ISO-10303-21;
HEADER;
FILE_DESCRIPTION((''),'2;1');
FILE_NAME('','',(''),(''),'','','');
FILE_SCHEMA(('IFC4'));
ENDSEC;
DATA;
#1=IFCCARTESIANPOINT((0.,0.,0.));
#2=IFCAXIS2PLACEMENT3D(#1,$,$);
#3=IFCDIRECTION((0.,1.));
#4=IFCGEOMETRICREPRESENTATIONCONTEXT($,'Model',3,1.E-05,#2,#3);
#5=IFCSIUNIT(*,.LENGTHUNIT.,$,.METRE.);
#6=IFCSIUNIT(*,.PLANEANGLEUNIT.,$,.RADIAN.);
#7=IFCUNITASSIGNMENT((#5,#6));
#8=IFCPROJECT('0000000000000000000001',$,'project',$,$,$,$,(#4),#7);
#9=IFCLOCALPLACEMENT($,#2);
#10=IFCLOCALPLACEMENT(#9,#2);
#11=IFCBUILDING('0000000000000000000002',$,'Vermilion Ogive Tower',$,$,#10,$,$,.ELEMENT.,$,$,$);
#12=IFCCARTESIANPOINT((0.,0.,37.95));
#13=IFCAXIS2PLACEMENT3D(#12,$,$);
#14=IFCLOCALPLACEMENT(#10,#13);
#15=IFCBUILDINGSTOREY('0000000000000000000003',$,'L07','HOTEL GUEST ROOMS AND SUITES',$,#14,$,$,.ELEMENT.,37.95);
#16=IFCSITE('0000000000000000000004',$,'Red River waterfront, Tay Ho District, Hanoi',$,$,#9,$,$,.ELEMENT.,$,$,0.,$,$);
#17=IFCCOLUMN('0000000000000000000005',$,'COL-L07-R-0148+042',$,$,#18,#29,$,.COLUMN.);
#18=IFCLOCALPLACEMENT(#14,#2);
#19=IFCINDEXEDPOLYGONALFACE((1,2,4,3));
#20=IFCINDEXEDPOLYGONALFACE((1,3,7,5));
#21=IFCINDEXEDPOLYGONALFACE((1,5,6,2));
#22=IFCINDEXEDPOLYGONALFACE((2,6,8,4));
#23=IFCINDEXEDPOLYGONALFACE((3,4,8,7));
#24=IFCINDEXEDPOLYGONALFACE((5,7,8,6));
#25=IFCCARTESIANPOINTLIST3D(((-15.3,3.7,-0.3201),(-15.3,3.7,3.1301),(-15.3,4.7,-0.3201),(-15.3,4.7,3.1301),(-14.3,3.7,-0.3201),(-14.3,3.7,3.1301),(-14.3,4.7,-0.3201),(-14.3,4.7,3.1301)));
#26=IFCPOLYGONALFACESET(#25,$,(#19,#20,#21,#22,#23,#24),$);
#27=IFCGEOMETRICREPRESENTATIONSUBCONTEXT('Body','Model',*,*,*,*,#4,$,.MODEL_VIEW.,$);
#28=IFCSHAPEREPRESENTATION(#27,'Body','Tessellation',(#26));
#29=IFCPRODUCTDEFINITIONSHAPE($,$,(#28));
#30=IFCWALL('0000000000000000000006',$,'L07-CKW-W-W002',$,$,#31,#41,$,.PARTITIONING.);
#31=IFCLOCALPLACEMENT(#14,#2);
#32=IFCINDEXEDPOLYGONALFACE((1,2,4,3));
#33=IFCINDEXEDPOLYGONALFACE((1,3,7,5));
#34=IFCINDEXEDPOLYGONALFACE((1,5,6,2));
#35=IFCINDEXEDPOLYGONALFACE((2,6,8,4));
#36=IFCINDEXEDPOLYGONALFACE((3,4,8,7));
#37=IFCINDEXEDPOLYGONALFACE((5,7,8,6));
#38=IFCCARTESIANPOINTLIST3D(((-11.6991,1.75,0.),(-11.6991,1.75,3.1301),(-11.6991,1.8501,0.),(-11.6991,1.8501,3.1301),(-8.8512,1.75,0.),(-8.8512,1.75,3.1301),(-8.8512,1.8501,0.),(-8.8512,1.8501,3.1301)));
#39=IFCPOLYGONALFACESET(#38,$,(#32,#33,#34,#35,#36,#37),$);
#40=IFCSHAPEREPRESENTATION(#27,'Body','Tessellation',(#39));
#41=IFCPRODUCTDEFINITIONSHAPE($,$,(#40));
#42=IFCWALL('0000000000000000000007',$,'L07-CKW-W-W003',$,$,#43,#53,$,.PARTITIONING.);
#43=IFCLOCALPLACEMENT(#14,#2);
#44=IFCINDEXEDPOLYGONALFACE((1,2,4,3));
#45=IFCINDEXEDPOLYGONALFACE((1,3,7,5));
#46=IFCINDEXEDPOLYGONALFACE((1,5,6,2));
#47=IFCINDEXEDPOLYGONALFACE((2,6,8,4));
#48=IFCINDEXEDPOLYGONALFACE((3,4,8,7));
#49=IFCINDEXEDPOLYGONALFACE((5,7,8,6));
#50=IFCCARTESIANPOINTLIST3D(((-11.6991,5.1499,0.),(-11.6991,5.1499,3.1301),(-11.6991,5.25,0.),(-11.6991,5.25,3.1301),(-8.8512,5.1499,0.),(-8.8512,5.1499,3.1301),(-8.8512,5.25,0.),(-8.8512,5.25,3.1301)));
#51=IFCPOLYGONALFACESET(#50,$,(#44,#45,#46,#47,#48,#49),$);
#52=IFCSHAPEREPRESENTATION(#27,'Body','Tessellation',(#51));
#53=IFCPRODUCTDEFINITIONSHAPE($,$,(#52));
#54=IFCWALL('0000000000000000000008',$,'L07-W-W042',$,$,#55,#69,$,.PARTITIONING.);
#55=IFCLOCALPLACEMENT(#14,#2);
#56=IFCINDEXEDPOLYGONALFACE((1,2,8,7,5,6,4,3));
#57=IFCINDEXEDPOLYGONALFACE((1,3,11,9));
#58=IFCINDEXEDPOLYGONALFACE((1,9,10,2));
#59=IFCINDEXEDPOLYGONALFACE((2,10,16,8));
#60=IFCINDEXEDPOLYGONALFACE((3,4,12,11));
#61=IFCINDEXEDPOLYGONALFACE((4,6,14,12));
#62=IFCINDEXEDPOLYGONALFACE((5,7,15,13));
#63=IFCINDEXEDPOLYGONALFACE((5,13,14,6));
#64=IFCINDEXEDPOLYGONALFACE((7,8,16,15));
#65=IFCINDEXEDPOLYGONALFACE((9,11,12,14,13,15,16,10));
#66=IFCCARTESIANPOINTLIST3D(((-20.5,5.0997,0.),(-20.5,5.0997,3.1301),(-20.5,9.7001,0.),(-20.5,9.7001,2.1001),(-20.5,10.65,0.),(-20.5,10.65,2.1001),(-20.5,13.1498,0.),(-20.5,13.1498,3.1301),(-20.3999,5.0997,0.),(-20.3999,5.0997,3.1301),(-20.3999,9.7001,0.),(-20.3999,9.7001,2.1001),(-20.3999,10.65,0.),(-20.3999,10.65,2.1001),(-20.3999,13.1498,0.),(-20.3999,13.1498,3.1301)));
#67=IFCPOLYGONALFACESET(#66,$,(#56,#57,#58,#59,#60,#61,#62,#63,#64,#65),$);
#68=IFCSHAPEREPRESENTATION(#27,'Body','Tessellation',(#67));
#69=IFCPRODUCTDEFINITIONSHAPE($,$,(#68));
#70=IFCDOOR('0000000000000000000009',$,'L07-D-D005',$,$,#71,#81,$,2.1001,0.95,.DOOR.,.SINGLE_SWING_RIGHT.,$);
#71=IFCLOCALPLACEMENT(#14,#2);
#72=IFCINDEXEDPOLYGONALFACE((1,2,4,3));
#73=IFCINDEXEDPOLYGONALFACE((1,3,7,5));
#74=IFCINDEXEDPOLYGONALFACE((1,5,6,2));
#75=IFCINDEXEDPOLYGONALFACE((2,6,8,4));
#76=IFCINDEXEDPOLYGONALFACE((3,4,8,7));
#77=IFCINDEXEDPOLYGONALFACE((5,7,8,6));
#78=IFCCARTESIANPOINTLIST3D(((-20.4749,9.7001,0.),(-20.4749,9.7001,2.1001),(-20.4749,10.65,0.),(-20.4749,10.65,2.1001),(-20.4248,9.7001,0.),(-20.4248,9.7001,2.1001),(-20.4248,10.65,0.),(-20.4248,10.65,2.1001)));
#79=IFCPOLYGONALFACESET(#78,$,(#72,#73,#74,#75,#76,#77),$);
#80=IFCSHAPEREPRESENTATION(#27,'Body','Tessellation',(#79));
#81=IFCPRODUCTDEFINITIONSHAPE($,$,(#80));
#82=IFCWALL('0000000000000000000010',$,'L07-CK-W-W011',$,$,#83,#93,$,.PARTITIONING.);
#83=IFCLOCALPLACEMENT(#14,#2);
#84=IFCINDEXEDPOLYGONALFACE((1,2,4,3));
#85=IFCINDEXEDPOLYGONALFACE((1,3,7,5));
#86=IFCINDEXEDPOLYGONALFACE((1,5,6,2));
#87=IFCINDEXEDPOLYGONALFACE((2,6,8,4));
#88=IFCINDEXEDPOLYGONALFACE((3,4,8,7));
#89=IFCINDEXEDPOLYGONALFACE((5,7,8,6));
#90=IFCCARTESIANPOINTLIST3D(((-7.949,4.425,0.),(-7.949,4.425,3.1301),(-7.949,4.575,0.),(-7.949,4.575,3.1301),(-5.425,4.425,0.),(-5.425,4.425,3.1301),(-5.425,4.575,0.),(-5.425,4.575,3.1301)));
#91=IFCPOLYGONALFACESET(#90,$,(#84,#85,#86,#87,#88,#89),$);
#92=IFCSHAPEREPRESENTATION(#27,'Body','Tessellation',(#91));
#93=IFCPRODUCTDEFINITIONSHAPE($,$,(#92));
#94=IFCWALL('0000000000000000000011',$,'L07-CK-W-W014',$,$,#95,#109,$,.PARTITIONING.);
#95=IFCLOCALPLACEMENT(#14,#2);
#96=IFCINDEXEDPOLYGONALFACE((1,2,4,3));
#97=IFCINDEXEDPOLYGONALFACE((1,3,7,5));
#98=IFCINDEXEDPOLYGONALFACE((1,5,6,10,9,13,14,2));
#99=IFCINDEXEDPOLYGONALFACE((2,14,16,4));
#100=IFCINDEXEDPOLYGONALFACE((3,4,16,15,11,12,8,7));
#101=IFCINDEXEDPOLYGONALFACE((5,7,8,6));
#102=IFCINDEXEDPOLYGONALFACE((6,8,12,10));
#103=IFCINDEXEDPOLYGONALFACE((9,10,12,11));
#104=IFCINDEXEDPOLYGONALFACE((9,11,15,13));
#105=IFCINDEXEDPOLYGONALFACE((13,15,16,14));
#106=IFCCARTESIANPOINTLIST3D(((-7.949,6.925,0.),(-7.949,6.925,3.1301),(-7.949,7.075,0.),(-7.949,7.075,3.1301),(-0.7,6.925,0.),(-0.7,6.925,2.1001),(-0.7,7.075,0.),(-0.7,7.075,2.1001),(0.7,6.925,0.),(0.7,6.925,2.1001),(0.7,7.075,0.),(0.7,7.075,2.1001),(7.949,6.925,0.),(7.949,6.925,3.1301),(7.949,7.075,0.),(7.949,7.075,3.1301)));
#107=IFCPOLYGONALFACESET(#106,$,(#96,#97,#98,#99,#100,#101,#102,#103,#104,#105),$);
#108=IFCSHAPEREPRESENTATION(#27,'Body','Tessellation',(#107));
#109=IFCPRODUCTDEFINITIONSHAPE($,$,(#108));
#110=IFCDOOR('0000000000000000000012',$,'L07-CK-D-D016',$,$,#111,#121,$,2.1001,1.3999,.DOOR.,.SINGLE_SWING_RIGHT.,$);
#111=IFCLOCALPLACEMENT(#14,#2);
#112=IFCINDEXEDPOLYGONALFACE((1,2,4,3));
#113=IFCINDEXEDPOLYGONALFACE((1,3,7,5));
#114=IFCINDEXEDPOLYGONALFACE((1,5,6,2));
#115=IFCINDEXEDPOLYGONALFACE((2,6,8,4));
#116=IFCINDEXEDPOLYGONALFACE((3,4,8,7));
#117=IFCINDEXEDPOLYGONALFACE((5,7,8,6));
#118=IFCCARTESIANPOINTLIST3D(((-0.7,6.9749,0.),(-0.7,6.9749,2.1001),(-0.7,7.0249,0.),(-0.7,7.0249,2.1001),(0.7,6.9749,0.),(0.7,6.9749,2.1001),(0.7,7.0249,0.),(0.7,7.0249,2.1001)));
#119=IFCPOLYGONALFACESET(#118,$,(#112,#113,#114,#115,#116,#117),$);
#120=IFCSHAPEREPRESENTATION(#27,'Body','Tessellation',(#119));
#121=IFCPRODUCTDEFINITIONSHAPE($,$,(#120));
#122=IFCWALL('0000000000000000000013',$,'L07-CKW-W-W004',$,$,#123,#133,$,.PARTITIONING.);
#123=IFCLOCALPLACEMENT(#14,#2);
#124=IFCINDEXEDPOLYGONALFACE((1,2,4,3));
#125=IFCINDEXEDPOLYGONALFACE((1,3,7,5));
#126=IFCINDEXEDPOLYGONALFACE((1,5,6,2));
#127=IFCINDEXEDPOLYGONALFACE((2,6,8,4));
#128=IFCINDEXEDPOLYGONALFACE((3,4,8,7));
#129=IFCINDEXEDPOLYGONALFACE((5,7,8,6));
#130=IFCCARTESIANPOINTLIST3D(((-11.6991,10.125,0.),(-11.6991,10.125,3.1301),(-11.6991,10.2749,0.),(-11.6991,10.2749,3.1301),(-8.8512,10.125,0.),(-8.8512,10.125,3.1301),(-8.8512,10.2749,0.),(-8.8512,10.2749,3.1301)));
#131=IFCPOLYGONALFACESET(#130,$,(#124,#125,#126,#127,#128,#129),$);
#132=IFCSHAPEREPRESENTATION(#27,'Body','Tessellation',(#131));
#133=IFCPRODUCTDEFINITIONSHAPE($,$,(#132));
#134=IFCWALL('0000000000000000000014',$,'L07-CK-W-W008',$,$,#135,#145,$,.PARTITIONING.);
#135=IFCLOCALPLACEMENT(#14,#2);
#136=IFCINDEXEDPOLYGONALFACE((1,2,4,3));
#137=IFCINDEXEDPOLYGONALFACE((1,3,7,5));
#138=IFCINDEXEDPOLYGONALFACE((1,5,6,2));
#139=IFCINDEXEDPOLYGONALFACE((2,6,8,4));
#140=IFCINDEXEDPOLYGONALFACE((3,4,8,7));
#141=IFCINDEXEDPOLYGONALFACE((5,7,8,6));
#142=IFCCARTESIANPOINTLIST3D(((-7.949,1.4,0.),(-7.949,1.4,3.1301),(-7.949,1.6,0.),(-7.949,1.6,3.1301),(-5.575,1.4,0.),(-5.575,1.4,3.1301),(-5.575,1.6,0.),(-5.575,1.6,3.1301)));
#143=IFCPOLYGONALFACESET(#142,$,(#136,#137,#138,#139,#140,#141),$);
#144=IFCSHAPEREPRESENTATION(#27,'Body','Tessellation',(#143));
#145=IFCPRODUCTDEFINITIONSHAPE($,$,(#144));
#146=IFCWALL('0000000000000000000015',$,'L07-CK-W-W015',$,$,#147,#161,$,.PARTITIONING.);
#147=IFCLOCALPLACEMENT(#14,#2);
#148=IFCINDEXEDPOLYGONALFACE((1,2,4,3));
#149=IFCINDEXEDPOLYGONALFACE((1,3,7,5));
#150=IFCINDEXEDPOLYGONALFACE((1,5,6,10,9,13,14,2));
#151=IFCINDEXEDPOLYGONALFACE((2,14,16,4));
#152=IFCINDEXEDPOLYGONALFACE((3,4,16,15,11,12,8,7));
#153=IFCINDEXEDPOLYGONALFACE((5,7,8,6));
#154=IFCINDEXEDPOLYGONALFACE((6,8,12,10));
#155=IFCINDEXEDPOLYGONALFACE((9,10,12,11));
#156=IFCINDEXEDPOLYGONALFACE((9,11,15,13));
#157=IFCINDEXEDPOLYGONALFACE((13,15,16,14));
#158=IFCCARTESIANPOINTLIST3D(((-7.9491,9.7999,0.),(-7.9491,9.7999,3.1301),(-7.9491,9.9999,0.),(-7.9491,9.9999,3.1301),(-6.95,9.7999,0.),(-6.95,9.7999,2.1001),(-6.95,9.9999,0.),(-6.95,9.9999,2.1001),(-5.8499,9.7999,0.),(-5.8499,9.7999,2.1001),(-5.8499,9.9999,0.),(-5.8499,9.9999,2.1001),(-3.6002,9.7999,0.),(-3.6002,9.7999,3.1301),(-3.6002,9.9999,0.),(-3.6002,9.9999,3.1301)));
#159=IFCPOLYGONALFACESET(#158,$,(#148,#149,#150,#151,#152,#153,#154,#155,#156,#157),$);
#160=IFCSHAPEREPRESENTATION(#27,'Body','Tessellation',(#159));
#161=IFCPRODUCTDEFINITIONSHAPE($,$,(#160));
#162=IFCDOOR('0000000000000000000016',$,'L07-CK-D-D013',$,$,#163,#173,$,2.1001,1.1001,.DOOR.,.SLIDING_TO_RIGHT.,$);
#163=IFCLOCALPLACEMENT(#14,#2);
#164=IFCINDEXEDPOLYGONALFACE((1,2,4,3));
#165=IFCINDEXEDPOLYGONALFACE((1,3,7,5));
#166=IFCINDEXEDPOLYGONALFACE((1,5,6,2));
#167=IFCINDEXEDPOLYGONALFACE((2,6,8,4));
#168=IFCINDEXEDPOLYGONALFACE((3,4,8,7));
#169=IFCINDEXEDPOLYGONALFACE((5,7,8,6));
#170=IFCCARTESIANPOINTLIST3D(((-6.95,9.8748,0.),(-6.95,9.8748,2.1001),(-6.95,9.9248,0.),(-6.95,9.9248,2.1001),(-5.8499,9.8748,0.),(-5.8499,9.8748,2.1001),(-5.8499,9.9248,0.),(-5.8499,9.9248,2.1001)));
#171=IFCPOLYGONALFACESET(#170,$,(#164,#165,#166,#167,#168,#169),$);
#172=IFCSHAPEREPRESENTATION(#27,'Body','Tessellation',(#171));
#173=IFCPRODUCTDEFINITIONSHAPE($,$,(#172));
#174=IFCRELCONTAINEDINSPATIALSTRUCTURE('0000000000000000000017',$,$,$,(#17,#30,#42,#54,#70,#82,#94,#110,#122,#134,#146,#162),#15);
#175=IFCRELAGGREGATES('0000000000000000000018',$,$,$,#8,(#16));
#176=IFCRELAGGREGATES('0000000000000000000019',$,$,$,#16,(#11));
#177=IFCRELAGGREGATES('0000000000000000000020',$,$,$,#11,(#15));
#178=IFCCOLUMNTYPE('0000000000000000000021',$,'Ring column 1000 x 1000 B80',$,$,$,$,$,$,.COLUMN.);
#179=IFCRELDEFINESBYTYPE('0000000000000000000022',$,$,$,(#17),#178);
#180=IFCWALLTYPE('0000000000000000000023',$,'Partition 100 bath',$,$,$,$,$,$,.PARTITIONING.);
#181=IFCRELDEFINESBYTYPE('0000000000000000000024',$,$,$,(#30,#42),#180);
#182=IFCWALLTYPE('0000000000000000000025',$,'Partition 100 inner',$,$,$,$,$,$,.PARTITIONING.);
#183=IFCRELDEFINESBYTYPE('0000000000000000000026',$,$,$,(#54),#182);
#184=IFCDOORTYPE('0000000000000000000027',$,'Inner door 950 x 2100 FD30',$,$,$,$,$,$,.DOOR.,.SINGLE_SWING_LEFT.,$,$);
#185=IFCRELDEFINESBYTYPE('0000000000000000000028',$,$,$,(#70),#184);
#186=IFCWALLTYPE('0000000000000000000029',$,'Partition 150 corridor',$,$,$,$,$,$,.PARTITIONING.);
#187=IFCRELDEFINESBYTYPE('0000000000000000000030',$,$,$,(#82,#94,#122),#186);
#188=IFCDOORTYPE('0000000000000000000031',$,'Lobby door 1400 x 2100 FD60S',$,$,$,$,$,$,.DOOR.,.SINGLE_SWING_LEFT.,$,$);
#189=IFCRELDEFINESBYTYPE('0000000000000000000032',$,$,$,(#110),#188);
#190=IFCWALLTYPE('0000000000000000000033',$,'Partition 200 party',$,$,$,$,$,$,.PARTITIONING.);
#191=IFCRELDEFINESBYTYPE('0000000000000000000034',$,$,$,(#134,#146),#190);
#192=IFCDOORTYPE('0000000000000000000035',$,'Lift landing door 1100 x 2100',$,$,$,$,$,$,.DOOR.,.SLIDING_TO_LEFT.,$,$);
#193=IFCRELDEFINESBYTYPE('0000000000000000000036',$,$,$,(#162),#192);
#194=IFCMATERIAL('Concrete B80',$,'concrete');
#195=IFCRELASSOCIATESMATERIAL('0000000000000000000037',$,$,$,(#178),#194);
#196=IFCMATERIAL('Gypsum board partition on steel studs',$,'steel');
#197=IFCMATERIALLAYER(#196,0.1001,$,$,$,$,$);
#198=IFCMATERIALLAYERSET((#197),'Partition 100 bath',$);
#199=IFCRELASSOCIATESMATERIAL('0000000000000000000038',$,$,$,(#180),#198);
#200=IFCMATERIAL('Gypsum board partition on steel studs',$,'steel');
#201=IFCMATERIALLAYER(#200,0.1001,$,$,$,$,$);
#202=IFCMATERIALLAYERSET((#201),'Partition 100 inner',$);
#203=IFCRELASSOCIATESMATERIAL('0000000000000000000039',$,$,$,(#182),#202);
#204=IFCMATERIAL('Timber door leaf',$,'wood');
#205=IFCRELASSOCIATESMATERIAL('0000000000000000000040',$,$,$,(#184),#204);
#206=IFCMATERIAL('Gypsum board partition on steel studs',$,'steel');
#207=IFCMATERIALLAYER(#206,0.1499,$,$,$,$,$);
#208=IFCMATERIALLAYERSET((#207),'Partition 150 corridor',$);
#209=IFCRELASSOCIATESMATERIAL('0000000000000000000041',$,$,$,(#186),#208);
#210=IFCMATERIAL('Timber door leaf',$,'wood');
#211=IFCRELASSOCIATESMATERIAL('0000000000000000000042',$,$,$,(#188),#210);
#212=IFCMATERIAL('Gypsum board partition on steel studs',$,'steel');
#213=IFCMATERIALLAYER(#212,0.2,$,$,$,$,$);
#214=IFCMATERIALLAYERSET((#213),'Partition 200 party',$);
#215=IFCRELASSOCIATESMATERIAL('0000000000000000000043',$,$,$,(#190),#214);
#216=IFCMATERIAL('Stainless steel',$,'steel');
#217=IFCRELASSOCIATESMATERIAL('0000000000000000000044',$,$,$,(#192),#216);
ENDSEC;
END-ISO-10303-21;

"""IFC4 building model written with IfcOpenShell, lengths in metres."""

from ifc_helpers import new_model, si_unit, direction, frame, frame_2d, origin, origin_2d, place, context, subcontext, project, spatial, rectangle, extrude, material, layer, layer_set, material_profile, profile_set, type_object, element, fill, save


model = new_model("IFC4")

# Units and contexts
model_context = context("Model", 3, precision=1e-05, world=origin(), true_north=direction((0.0, 1.0)))
body_context = subcontext(model_context, "Body", "Model", "MODEL_VIEW")
ifc_project = project(units=[si_unit("LENGTHUNIT", "METRE"), si_unit("PLANEANGLEUNIT", "RADIAN")], contexts=[model_context])

# Site, building, storey
site_placement = place(None, origin())
site = spatial("IfcSite", under=ifc_project, at=site_placement, Name="Red River waterfront, Tay Ho District, Hanoi", CompositionType="ELEMENT", RefElevation=0.0)
building_placement = place(site_placement, origin())
building = spatial("IfcBuilding", under=site, at=building_placement, Name="Vermilion Ogive Tower", CompositionType="ELEMENT")
storey_placement = place(building_placement, frame((0.0, 0.0, 37.95)))
storey = spatial("IfcBuildingStorey", under=building, at=storey_placement, Name="L07", Description="HOTEL GUEST ROOMS AND SUITES", CompositionType="ELEMENT", Elevation=37.95)

# Column
ifc_material_1 = material(Name="Concrete B80", Category="concrete")
ifc_material_profile = material_profile(ifc_material_1, rectangle(XDim=1.0, YDim=1.0, at=origin_2d()), Name="1000 x 1000")
ifc_profile_set = profile_set([ifc_material_profile], Name="Concrete B80")
column_type = type_object("IfcColumnType", Name="Ring column 1000 x 1000 B80", PredefinedType="COLUMN", material=ifc_profile_set)
column_placement = place(storey_placement, frame((-14.8, 4.2, -0.3201), z_axis=(0.0, 0.0, 1.0), x_axis=(1.0, 0.0, 0.0)))
element("IfcColumn", 1, at=column_placement, inside=storey, type_object=column_type, Name="COL-L07-R-0148+042", PredefinedType="COLUMN", context=body_context, shape_type="SweptSolid", body=[
    extrude(rectangle(XDim=1.0, YDim=1.0, at=origin_2d()), origin(), (0.0, 0.0, 1.0), 3.4502),
])

# Walls
ifc_material_2 = material(Name="Gypsum board partition on steel studs", Category="steel")
ifc_layer_1 = layer(ifc_material_2, 0.1001)
ifc_layer_set_1 = layer_set([ifc_layer_1], Name="Partition 100 bath")
wall_type_1 = type_object("IfcWallType", Name="Partition 100 bath", PredefinedType="PARTITIONING", material=ifc_layer_set_1)
for number, where, z_axis, x_axis, name in (
    (2, (-11.699, 1.8, 0.0), (0.0, 0.0, 1.0), (1.0, 0.0, 0.0), "L07-CKW-W-W002"),
    (3, (-11.699, 5.2, 0.0), (0.0, 0.0, 1.0), (1.0, 0.0, 0.0), "L07-CKW-W-W003"),
):
    element("IfcWall", number, at=place(storey_placement, frame(where, z_axis=z_axis, x_axis=x_axis)), inside=storey, type_object=wall_type_1, Name=name, PredefinedType="PARTITIONING", context=body_context, shape_type="SweptSolid", body=[
        extrude(rectangle(XDim=2.8479, YDim=0.1001, at=frame_2d((1.4238, 0.0))), origin(), (0.0, 0.0, 1.0), 3.1301),
    ])

# Wall, opening, door
ifc_material_3 = material(Name="Gypsum board partition on steel studs", Category="steel")
ifc_layer_2 = layer(ifc_material_3, 0.1001)
ifc_layer_set_2 = layer_set([ifc_layer_2], Name="Partition 100 inner")
wall_type_2 = type_object("IfcWallType", Name="Partition 100 inner", PredefinedType="PARTITIONING", material=ifc_layer_set_2)
wall_1_placement = place(storey_placement, frame((-20.45, 5.0999, 0.0), z_axis=(0.0, 0.0, 1.0), x_axis=(0.0, 1.0, 0.0)))
wall_1 = element("IfcWall", 4, at=wall_1_placement, inside=storey, type_object=wall_type_2, Name="L07-W-W042", PredefinedType="PARTITIONING", context=body_context, shape_type="SweptSolid", body=[
    extrude(rectangle(XDim=8.05, YDim=0.1001, at=frame_2d((4.0249, 0.0))), origin(), (0.0, 0.0, 1.0), 3.1301),
])
opening_1_placement = place(wall_1_placement, frame((4.6001, 0.0, 0.0)))
opening_1 = element("IfcOpeningElement", 5, at=opening_1_placement, cuts=wall_1, PredefinedType="OPENING", context=body_context, shape_type="SweptSolid", body=[
    extrude(rectangle(XDim=0.95, YDim=2.1001, at=frame_2d((0.4751, 1.05))), frame((0.0, 0.0601, 0.0), z_axis=(0.0, -1.0, 0.0), x_axis=(1.0, 0.0, 0.0)), (0.0, 0.0, 1.0), 0.1201),
])
ifc_material_4 = material(Name="Timber door leaf", Category="wood")
door_type_1 = type_object("IfcDoorType", Name="Inner door 950 x 2100 FD30", OperationType="SINGLE_SWING_LEFT", PredefinedType="DOOR", material=ifc_material_4)
door_1_placement = place(opening_1_placement, origin())
door_1 = element("IfcDoor", 6, at=door_1_placement, inside=storey, type_object=door_type_1, Name="L07-D-D005", OperationType="SINGLE_SWING_RIGHT", OverallHeight=2.1001, OverallWidth=0.95, PredefinedType="DOOR", context=body_context, shape_type="SweptSolid", body=[
    extrude(rectangle(XDim=0.95, YDim=2.1001, at=frame_2d((0.4751, 1.05))), frame((0.0, 0.0249, 0.0), z_axis=(0.0, -1.0, 0.0), x_axis=(1.0, 0.0, 0.0)), (0.0, 0.0, 1.0), 0.05),
])
fill(opening_1, door_1)

# Wall
ifc_material_5 = material(Name="Gypsum board partition on steel studs", Category="steel")
ifc_layer_3 = layer(ifc_material_5, 0.1499)
ifc_layer_set_3 = layer_set([ifc_layer_3], Name="Partition 150 corridor")
wall_type_3 = type_object("IfcWallType", Name="Partition 150 corridor", PredefinedType="PARTITIONING", material=ifc_layer_set_3)
wall_2_placement = place(storey_placement, frame((-7.949, 4.5, 0.0), z_axis=(0.0, 0.0, 1.0), x_axis=(1.0, 0.0, 0.0)))
element("IfcWall", 7, at=wall_2_placement, inside=storey, type_object=wall_type_3, Name="L07-CK-W-W011", PredefinedType="PARTITIONING", context=body_context, shape_type="SweptSolid", body=[
    extrude(rectangle(XDim=2.5239, YDim=0.1499, at=frame_2d((1.262, 0.0))), origin(), (0.0, 0.0, 1.0), 3.1301),
])

# Wall, opening, door
wall_3_placement = place(storey_placement, frame((-7.949, 7.0, 0.0), z_axis=(0.0, 0.0, 1.0), x_axis=(1.0, 0.0, 0.0)))
wall_3 = element("IfcWall", 8, at=wall_3_placement, inside=storey, type_object=wall_type_3, Name="L07-CK-W-W014", PredefinedType="PARTITIONING", context=body_context, shape_type="SweptSolid", body=[
    extrude(rectangle(XDim=15.8979, YDim=0.1499, at=frame_2d((7.949, 0.0))), origin(), (0.0, 0.0, 1.0), 3.1301),
])
opening_2_placement = place(wall_3_placement, frame((7.249, 0.0, 0.0)))
opening_2 = element("IfcOpeningElement", 9, at=opening_2_placement, cuts=wall_3, PredefinedType="OPENING", context=body_context, shape_type="SweptSolid", body=[
    extrude(rectangle(XDim=1.3999, YDim=2.1001, at=frame_2d((0.7, 1.05))), frame((0.0, 0.085, 0.0), z_axis=(0.0, -1.0, 0.0), x_axis=(1.0, 0.0, 0.0)), (0.0, 0.0, 1.0), 0.1699),
])
ifc_material_6 = material(Name="Timber door leaf", Category="wood")
door_type_2 = type_object("IfcDoorType", Name="Lobby door 1400 x 2100 FD60S", OperationType="SINGLE_SWING_LEFT", PredefinedType="DOOR", material=ifc_material_6)
door_2_placement = place(opening_2_placement, origin())
door_2 = element("IfcDoor", 10, at=door_2_placement, inside=storey, type_object=door_type_2, Name="L07-CK-D-D016", OperationType="SINGLE_SWING_RIGHT", OverallHeight=2.1001, OverallWidth=1.3999, PredefinedType="DOOR", context=body_context, shape_type="SweptSolid", body=[
    extrude(rectangle(XDim=1.3999, YDim=2.1001, at=frame_2d((0.7, 1.05))), frame((0.0, 0.0249, 0.0), z_axis=(0.0, -1.0, 0.0), x_axis=(1.0, 0.0, 0.0)), (0.0, 0.0, 1.0), 0.05),
])
fill(opening_2, door_2)

# Walls
wall_4_placement = place(storey_placement, frame((-11.699, 10.2, 0.0), z_axis=(0.0, 0.0, 1.0), x_axis=(1.0, 0.0, 0.0)))
element("IfcWall", 11, at=wall_4_placement, inside=storey, type_object=wall_type_3, Name="L07-CKW-W-W004", PredefinedType="PARTITIONING", context=body_context, shape_type="SweptSolid", body=[
    extrude(rectangle(XDim=2.8479, YDim=0.1499, at=frame_2d((1.4238, 0.0))), origin(), (0.0, 0.0, 1.0), 3.1301),
])
ifc_material_7 = material(Name="Gypsum board partition on steel studs", Category="steel")
ifc_layer_4 = layer(ifc_material_7, 0.2)
ifc_layer_set_4 = layer_set([ifc_layer_4], Name="Partition 200 party")
wall_type_4 = type_object("IfcWallType", Name="Partition 200 party", PredefinedType="PARTITIONING", material=ifc_layer_set_4)
wall_5_placement = place(storey_placement, frame((-7.949, 1.5, 0.0), z_axis=(0.0, 0.0, 1.0), x_axis=(1.0, 0.0, 0.0)))
element("IfcWall", 12, at=wall_5_placement, inside=storey, type_object=wall_type_4, Name="L07-CK-W-W008", PredefinedType="PARTITIONING", context=body_context, shape_type="SweptSolid", body=[
    extrude(rectangle(XDim=2.374, YDim=0.2, at=frame_2d((1.187, 0.0))), origin(), (0.0, 0.0, 1.0), 3.1301),
])

# Wall, opening, door
wall_6_placement = place(storey_placement, frame((-7.949, 9.8999, 0.0), z_axis=(0.0, 0.0, 1.0), x_axis=(1.0, 0.0, 0.0)))
wall_6 = element("IfcWall", 13, at=wall_6_placement, inside=storey, type_object=wall_type_4, Name="L07-CK-W-W015", PredefinedType="PARTITIONING", context=body_context, shape_type="SweptSolid", body=[
    extrude(rectangle(XDim=4.3489, YDim=0.2, at=frame_2d((2.1743, 0.0))), origin(), (0.0, 0.0, 1.0), 3.1301),
])
opening_3_placement = place(wall_6_placement, frame((0.999, 0.0, 0.0)))
opening_3 = element("IfcOpeningElement", 14, at=opening_3_placement, cuts=wall_6, PredefinedType="OPENING", context=body_context, shape_type="SweptSolid", body=[
    extrude(rectangle(XDim=1.1001, YDim=2.1001, at=frame_2d((0.55, 1.05))), frame((0.0, 0.1099, 0.0), z_axis=(0.0, -1.0, 0.0), x_axis=(1.0, 0.0, 0.0)), (0.0, 0.0, 1.0), 0.22),
])
ifc_material_8 = material(Name="Stainless steel", Category="steel")
door_type_3 = type_object("IfcDoorType", Name="Lift landing door 1100 x 2100", OperationType="SLIDING_TO_LEFT", PredefinedType="DOOR", material=ifc_material_8)
door_3_placement = place(opening_3_placement, origin())
door_3 = element("IfcDoor", 15, at=door_3_placement, inside=storey, type_object=door_type_3, Name="L07-CK-D-D013", OperationType="SLIDING_TO_RIGHT", OverallHeight=2.1001, OverallWidth=1.1001, PredefinedType="DOOR", context=body_context, shape_type="SweptSolid", body=[
    extrude(rectangle(XDim=1.1001, YDim=2.1001, at=frame_2d((0.55, 1.05))), frame((0.0, 0.0249, 0.0), z_axis=(0.0, -1.0, 0.0), x_axis=(1.0, 0.0, 0.0)), (0.0, 0.0, 1.0), 0.05),
])
fill(opening_3, door_3)

save(model, "model.ifc")
